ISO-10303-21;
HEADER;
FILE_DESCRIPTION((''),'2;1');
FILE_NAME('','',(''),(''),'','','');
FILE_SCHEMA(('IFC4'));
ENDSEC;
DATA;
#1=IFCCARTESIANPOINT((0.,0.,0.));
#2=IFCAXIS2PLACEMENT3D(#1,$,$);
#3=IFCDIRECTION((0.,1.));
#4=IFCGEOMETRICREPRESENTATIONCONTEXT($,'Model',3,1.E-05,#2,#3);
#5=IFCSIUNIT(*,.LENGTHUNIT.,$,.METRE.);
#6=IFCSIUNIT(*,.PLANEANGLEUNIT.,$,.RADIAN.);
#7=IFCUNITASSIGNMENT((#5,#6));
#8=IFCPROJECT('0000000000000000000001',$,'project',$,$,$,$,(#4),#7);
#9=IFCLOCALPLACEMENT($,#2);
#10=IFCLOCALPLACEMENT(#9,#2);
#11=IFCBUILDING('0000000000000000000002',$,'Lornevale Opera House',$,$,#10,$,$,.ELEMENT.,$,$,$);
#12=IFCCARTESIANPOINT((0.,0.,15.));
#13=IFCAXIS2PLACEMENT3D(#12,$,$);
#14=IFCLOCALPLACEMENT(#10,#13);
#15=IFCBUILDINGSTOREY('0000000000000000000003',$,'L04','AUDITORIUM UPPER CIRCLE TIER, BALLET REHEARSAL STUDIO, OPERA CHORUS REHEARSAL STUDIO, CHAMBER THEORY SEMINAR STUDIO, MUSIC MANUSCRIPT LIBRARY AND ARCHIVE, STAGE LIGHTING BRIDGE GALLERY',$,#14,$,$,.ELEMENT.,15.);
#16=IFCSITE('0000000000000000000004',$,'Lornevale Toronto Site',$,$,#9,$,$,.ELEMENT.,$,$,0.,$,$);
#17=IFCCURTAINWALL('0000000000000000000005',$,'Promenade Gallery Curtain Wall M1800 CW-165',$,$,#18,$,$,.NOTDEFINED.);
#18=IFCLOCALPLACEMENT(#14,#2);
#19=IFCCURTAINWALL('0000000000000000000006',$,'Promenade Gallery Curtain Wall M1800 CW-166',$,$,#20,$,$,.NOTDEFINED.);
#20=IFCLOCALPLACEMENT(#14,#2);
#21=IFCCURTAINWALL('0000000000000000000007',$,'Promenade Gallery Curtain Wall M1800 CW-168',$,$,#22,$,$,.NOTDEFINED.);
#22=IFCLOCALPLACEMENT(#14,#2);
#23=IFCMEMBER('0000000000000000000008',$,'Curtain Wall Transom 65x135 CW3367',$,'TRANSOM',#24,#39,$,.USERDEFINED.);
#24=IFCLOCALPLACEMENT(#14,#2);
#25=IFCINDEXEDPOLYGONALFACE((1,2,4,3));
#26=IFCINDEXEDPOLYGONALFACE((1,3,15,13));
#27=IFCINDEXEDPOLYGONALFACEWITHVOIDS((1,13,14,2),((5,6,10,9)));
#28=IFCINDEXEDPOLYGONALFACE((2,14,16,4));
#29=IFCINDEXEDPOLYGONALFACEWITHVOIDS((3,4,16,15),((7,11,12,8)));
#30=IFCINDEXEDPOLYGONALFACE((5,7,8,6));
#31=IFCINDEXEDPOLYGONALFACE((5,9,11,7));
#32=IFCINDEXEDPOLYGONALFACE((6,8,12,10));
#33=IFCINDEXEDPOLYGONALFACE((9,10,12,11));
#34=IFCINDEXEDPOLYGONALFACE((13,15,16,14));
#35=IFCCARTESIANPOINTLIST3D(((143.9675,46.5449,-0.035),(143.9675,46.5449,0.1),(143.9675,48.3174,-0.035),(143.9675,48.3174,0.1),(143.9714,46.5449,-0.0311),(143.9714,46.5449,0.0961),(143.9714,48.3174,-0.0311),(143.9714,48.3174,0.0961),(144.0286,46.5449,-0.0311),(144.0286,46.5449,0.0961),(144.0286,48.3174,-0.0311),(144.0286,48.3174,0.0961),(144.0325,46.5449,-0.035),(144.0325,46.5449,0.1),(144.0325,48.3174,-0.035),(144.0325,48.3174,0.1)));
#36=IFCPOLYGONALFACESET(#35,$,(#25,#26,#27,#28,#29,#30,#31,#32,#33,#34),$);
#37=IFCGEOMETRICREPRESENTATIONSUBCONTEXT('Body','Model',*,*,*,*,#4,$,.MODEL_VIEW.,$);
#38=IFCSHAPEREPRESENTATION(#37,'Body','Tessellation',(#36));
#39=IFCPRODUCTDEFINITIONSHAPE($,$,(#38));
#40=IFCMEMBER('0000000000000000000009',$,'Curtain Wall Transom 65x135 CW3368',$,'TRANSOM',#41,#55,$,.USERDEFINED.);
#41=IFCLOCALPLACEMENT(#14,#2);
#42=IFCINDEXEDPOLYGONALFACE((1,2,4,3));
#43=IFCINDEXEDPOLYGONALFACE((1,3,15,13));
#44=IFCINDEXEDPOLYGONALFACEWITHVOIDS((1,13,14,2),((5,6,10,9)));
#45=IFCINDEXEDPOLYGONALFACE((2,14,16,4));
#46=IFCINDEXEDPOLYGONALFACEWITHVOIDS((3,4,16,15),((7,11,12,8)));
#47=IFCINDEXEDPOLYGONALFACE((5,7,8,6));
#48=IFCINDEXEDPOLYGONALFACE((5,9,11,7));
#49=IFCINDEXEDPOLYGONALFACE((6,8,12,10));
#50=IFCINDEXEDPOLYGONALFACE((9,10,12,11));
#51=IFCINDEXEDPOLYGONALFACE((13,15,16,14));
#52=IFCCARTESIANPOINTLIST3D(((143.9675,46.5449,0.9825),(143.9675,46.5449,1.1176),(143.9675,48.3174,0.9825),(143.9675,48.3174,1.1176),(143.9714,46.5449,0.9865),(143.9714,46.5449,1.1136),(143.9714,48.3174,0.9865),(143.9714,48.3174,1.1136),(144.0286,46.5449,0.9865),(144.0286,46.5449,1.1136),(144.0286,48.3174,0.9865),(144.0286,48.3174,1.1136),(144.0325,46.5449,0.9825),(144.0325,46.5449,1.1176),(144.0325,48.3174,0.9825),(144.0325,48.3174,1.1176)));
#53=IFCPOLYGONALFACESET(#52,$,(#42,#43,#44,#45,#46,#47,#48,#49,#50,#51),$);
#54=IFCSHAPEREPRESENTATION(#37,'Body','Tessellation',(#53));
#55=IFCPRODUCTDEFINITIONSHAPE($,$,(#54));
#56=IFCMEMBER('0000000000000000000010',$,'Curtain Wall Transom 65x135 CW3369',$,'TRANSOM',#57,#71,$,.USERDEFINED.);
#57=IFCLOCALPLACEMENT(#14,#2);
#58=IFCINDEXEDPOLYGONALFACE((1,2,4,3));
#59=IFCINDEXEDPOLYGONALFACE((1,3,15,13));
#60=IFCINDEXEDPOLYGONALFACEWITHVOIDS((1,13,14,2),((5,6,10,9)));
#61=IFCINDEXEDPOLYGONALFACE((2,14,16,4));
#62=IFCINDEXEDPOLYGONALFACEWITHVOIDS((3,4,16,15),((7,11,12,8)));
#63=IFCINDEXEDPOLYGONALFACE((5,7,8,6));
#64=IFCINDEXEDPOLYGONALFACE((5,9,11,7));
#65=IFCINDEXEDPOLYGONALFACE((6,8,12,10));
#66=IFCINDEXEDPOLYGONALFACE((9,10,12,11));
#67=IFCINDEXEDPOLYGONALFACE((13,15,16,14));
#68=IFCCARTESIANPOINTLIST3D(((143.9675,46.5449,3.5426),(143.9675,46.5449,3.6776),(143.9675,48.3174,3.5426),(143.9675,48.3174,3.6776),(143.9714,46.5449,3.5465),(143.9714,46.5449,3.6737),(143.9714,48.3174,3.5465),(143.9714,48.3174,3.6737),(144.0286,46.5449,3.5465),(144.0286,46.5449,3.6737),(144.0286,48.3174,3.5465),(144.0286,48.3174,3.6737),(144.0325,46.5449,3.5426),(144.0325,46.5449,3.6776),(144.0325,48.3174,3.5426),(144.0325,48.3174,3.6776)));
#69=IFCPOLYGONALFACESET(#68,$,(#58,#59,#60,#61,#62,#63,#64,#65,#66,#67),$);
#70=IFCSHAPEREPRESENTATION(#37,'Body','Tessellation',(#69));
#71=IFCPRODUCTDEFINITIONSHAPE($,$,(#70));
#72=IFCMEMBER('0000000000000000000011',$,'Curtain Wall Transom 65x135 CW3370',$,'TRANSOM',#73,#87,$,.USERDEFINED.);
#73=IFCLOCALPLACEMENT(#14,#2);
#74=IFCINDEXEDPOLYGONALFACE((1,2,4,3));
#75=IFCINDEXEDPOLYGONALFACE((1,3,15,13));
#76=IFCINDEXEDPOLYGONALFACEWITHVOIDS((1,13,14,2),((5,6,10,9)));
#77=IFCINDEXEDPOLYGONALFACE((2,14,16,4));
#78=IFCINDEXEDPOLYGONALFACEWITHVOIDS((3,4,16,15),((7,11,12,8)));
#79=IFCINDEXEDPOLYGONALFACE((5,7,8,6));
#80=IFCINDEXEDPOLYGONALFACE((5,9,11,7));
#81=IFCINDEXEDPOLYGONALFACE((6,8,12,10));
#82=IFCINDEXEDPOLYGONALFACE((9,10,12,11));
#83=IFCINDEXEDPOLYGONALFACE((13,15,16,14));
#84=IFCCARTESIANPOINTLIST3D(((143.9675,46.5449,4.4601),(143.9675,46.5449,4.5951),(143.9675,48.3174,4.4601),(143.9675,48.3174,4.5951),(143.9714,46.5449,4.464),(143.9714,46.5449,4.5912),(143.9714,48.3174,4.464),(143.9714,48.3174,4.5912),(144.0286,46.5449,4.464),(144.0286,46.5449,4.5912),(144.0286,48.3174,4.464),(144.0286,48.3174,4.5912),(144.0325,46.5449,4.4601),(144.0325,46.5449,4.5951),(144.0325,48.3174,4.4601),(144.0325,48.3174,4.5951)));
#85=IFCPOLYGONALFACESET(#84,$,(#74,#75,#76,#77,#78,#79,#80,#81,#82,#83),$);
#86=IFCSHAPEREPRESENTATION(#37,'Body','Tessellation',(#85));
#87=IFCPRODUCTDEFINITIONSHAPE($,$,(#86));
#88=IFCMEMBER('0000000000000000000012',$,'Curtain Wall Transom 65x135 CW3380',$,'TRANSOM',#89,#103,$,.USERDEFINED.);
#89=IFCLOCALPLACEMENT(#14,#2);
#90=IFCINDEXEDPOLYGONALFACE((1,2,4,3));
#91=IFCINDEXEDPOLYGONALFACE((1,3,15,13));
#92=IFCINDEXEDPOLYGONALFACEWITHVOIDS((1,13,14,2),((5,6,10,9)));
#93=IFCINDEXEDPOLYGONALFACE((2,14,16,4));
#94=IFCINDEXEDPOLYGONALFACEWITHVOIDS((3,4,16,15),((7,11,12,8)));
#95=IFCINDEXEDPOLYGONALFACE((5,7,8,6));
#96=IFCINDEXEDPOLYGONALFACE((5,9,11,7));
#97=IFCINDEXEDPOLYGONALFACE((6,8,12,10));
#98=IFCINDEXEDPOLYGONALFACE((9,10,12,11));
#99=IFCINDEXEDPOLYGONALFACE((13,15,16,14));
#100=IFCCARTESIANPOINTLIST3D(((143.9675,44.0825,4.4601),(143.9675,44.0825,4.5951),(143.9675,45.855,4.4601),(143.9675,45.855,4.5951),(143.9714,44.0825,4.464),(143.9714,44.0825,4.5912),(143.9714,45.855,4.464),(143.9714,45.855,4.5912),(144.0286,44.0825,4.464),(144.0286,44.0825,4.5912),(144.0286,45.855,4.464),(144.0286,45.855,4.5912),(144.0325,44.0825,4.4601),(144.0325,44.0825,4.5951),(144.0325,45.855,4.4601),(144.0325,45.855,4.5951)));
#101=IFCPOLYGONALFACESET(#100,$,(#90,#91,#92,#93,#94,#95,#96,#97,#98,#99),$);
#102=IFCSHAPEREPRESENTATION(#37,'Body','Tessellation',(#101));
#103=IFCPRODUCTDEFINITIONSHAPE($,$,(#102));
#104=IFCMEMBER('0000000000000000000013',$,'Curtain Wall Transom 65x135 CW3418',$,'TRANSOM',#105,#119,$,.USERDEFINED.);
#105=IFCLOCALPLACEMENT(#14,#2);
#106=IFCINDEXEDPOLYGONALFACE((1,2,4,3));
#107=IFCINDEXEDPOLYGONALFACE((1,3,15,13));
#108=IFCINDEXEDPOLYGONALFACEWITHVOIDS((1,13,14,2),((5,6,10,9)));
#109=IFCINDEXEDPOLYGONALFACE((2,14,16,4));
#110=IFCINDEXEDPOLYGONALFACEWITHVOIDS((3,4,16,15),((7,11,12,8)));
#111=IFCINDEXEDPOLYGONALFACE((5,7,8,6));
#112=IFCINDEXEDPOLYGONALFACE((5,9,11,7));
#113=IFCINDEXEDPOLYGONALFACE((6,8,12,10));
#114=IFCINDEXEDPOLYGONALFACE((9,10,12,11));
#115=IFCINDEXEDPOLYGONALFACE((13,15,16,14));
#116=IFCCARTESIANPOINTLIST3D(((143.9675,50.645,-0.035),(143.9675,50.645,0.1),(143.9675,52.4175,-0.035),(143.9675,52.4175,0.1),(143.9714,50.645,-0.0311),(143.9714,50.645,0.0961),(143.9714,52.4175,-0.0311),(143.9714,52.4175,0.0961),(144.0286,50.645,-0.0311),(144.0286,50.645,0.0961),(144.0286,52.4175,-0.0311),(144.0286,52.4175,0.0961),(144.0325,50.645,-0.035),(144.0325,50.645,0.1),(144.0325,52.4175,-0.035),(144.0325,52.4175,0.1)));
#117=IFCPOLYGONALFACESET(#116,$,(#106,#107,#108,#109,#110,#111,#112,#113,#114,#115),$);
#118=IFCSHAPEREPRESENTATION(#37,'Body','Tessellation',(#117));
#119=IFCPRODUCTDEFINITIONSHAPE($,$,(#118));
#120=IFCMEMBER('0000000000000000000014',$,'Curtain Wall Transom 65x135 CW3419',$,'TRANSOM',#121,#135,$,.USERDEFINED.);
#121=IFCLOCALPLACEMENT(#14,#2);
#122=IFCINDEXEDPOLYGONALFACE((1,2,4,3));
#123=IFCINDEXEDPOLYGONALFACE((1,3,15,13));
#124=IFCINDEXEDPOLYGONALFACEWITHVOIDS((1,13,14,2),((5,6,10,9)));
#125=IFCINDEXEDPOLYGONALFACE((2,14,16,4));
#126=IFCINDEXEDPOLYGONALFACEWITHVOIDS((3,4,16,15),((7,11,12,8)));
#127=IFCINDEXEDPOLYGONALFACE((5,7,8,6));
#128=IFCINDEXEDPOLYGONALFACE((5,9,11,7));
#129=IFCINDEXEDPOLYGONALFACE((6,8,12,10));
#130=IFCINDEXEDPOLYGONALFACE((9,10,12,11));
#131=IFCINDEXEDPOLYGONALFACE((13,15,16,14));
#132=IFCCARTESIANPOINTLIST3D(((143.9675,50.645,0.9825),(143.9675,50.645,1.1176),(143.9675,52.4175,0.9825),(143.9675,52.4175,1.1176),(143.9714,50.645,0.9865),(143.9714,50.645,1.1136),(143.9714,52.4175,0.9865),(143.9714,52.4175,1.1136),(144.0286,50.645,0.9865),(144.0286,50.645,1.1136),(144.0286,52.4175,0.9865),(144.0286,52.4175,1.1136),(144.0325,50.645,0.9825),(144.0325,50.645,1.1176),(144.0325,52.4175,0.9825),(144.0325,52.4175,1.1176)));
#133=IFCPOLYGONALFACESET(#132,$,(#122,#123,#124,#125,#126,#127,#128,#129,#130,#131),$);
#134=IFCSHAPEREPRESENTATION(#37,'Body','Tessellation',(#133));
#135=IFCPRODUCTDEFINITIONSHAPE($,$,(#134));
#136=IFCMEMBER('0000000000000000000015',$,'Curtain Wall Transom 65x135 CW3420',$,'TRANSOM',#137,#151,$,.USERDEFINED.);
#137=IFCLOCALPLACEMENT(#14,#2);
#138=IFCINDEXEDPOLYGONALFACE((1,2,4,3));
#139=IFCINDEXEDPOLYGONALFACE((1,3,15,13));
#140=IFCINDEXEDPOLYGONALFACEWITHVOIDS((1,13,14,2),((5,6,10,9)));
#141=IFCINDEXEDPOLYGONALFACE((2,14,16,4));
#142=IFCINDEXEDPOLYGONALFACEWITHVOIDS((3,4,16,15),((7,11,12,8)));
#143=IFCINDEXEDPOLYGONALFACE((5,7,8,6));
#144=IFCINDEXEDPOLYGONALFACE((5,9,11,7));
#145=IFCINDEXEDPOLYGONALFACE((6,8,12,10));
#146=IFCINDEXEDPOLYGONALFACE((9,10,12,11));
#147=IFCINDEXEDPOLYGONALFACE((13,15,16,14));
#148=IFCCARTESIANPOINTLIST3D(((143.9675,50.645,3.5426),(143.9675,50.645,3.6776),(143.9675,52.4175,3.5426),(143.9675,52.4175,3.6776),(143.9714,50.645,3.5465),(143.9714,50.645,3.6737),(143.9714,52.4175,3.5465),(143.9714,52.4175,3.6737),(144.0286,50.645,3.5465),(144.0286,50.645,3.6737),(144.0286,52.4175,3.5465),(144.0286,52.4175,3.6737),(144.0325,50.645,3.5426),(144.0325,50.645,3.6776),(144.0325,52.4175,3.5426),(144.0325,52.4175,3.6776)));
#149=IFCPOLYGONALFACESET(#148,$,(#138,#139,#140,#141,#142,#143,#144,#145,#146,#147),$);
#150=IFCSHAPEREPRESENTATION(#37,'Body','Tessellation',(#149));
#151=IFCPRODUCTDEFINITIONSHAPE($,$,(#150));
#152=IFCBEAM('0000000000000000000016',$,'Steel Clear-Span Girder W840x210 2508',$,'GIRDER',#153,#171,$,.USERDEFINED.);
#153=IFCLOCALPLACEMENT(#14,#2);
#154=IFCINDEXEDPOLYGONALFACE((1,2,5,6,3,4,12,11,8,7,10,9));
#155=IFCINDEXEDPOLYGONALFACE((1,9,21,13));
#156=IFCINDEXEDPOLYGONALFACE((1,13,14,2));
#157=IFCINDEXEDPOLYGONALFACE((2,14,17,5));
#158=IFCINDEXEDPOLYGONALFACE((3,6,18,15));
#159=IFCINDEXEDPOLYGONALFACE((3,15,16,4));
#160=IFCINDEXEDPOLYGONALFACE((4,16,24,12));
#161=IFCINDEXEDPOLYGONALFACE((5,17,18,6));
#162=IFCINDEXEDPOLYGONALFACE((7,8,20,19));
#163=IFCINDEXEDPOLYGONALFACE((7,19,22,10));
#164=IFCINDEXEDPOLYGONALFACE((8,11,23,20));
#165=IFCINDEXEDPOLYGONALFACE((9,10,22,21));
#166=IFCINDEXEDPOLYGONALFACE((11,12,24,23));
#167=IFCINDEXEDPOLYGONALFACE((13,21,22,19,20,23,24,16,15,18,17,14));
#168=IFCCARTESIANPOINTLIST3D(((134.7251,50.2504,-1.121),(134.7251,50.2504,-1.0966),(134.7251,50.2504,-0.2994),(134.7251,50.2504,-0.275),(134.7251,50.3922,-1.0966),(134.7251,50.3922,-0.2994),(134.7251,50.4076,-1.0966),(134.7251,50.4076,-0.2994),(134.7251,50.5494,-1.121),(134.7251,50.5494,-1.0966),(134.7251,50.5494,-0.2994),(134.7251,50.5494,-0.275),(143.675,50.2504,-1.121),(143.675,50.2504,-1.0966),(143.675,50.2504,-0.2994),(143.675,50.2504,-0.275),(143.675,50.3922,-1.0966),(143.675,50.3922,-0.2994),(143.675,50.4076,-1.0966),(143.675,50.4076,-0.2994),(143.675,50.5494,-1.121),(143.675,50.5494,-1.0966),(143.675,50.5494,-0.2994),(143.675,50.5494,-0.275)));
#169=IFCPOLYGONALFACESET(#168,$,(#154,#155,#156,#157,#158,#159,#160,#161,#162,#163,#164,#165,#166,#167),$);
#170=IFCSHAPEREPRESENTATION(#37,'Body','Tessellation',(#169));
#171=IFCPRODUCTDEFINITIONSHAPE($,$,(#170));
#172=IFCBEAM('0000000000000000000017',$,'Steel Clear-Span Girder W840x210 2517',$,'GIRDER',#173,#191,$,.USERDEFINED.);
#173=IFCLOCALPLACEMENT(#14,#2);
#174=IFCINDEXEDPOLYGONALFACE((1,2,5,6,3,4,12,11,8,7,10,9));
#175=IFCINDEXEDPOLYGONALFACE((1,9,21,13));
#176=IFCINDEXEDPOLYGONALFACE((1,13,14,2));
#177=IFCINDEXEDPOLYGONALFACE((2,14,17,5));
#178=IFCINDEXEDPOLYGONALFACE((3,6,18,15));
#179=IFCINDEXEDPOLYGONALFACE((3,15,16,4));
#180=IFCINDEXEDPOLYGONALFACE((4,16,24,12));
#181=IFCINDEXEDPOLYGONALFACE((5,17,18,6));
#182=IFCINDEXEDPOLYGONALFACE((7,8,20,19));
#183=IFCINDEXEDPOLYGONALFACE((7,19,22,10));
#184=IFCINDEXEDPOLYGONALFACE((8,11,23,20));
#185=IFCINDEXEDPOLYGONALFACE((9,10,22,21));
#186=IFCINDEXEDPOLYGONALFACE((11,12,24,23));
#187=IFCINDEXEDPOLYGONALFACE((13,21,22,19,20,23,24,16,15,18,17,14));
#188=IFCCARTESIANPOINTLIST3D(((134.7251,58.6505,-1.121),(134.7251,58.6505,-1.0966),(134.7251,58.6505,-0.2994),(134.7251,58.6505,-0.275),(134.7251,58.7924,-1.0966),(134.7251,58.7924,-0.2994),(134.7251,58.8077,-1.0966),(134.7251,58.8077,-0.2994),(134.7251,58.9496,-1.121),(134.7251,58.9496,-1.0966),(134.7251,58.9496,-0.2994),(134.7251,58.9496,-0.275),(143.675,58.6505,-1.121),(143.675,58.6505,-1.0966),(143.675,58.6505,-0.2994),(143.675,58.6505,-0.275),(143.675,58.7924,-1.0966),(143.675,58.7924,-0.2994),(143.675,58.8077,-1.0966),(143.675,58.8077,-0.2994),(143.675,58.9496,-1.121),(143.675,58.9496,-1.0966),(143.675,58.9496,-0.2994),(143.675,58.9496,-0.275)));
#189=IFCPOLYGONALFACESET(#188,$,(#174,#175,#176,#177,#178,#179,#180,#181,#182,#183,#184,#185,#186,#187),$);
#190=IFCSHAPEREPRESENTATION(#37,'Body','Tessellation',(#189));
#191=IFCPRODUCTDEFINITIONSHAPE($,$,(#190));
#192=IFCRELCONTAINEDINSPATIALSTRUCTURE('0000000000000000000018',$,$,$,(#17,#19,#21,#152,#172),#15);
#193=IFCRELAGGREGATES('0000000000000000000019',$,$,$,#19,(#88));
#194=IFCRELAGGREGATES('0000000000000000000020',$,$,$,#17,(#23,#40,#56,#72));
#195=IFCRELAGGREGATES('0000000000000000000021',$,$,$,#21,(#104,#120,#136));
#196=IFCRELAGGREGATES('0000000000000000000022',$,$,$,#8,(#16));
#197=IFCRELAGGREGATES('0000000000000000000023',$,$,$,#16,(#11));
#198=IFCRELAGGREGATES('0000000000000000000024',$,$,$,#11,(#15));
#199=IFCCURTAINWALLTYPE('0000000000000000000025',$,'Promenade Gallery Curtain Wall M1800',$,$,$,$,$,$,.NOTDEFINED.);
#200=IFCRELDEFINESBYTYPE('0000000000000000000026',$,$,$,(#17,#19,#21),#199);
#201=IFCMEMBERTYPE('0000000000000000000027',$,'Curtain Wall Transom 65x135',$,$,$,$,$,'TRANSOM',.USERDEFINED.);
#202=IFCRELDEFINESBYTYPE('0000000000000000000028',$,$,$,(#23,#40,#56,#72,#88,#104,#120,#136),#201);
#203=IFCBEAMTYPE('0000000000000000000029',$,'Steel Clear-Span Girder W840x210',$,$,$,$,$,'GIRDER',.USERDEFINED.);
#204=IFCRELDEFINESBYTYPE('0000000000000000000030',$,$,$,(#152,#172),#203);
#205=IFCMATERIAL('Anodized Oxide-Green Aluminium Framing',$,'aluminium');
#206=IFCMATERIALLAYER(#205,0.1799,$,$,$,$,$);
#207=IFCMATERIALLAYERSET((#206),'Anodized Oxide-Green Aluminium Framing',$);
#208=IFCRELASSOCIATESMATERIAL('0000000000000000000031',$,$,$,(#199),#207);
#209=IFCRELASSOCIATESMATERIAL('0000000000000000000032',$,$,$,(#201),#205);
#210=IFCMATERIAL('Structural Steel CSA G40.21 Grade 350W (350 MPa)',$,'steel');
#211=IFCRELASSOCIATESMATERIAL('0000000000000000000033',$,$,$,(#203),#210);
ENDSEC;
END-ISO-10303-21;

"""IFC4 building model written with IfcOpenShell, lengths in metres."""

from ifc_helpers import new_model, si_unit, direction, frame, origin, origin_2d, place, context, subcontext, project, spatial, hollow_rectangle, i_section, extrude, material, layer, layer_set, material_profile, profile_set, type_object, element, aggregate, save


model = new_model("IFC4")

# Units and contexts
model_context = context("Model", 3, precision=1e-05, world=origin(), true_north=direction((0.0, 1.0)))
body_context = subcontext(model_context, "Body", "Model", "MODEL_VIEW")
ifc_project = project(units=[si_unit("LENGTHUNIT", "METRE"), si_unit("PLANEANGLEUNIT", "RADIAN")], contexts=[model_context])

# Site, building, storey
site_placement = place(None, origin())
site = spatial("IfcSite", under=ifc_project, at=site_placement, Name="Lornevale Toronto Site", CompositionType="ELEMENT", RefElevation=0.0)
building_placement = place(site_placement, origin())
building = spatial("IfcBuilding", under=site, at=building_placement, Name="Lornevale Opera House", CompositionType="ELEMENT")
storey_placement = place(building_placement, frame((0.0, 0.0, 15.0)))
storey = spatial("IfcBuildingStorey", under=building, at=storey_placement, Name="L04", Description="AUDITORIUM UPPER CIRCLE TIER, BALLET REHEARSAL STUDIO, OPERA CHORUS REHEARSAL STUDIO, CHAMBER THEORY SEMINAR STUDIO, MUSIC MANUSCRIPT LIBRARY AND ARCHIVE, STAGE LIGHTING BRIDGE GALLERY", CompositionType="ELEMENT", Elevation=15.0)

# Shared definitions
ifc_material_1 = material(Name="Structural Steel CSA G40.21 Grade 350W (350 MPa)", Category="steel")

# Curtain wall
ifc_material_2 = material(Name="Anodized Oxide-Green Aluminium Framing", Category="aluminium")
ifc_layer_1 = layer(ifc_material_2, 0.1799)
ifc_layer_set_1 = layer_set([ifc_layer_1], Name="Anodized Oxide-Green Aluminium Framing")
curtain_wall_type = type_object("IfcCurtainWallType", Name="Promenade Gallery Curtain Wall M1800", PredefinedType="NOTDEFINED", material=ifc_layer_set_1)
curtain_wall_1_placement = place(storey_placement, origin())
curtain_wall_1 = element("IfcCurtainWall", 1, at=curtain_wall_1_placement, inside=storey, type_object=curtain_wall_type, Name="Promenade Gallery Curtain Wall M1800 CW-165", PredefinedType="NOTDEFINED")

# Curtain walls
curtain_wall_2_placement = place(storey_placement, origin())
curtain_wall_2 = element("IfcCurtainWall", 2, at=curtain_wall_2_placement, inside=storey, type_object=curtain_wall_type, Name="Promenade Gallery Curtain Wall M1800 CW-166", PredefinedType="NOTDEFINED")
curtain_wall_3_placement = place(storey_placement, origin())
curtain_wall_3 = element("IfcCurtainWall", 3, at=curtain_wall_3_placement, inside=storey, type_object=curtain_wall_type, Name="Promenade Gallery Curtain Wall M1800 CW-168", PredefinedType="NOTDEFINED")

# Members
ifc_material_profile_1 = material_profile(ifc_material_2, hollow_rectangle(XDim=0.0649, YDim=0.135, WallThickness=0.0039, at=origin_2d()), Name="ALU65x135x4")
ifc_profile_set_1 = profile_set([ifc_material_profile_1], Name="Anodized Oxide-Green Aluminium Framing")
member_type_1 = type_object("IfcMemberType", Name="Curtain Wall Transom 65x135", ElementType="TRANSOM", PredefinedType="USERDEFINED", material=ifc_profile_set_1)
member_1_placement = place(storey_placement, frame((144.0, 48.3174, 0.0325), z_axis=(0.0, -1.0, 0.0), x_axis=(1.0, 0.0, 0.0)))
member_1 = element("IfcMember", 4, at=member_1_placement, type_object=member_type_1, Name="Curtain Wall Transom 65x135 CW3367", ObjectType="TRANSOM", PredefinedType="USERDEFINED", context=body_context, shape_type="SweptSolid", body=[
    extrude(hollow_rectangle(XDim=0.0649, YDim=0.135, WallThickness=0.0039, at=origin_2d()), origin(), (0.0, 0.0, 1.0), 1.7725),
])
member_2_placement = place(storey_placement, frame((144.0, 48.3174, 1.05), z_axis=(0.0, -1.0, 0.0), x_axis=(1.0, 0.0, 0.0)))
member_2 = element("IfcMember", 5, at=member_2_placement, type_object=member_type_1, Name="Curtain Wall Transom 65x135 CW3368", ObjectType="TRANSOM", PredefinedType="USERDEFINED", context=body_context, shape_type="SweptSolid", body=[
    extrude(hollow_rectangle(XDim=0.0649, YDim=0.135, WallThickness=0.0039, at=origin_2d()), origin(), (0.0, 0.0, 1.0), 1.7725),
])
member_3_placement = place(storey_placement, frame((144.0, 48.3174, 3.6101), z_axis=(0.0, -1.0, 0.0), x_axis=(1.0, 0.0, 0.0)))
member_3 = element("IfcMember", 6, at=member_3_placement, type_object=member_type_1, Name="Curtain Wall Transom 65x135 CW3369", ObjectType="TRANSOM", PredefinedType="USERDEFINED", context=body_context, shape_type="SweptSolid", body=[
    extrude(hollow_rectangle(XDim=0.0649, YDim=0.135, WallThickness=0.0039, at=origin_2d()), origin(), (0.0, 0.0, 1.0), 1.7725),
])
member_4_placement = place(storey_placement, frame((144.0, 48.3174, 4.5276), z_axis=(0.0, -1.0, 0.0), x_axis=(1.0, 0.0, 0.0)))
member_4 = element("IfcMember", 7, at=member_4_placement, type_object=member_type_1, Name="Curtain Wall Transom 65x135 CW3370", ObjectType="TRANSOM", PredefinedType="USERDEFINED", context=body_context, shape_type="SweptSolid", body=[
    extrude(hollow_rectangle(XDim=0.0649, YDim=0.135, WallThickness=0.0039, at=origin_2d()), origin(), (0.0, 0.0, 1.0), 1.7725),
])
member_5_placement = place(storey_placement, frame((144.0, 45.855, 4.5276), z_axis=(0.0, -1.0, 0.0), x_axis=(1.0, 0.0, 0.0)))
member_5 = element("IfcMember", 8, at=member_5_placement, type_object=member_type_1, Name="Curtain Wall Transom 65x135 CW3380", ObjectType="TRANSOM", PredefinedType="USERDEFINED", context=body_context, shape_type="SweptSolid", body=[
    extrude(hollow_rectangle(XDim=0.0649, YDim=0.135, WallThickness=0.0039, at=origin_2d()), origin(), (0.0, 0.0, 1.0), 1.7725),
])
aggregate(curtain_wall_2, [member_5])
member_6_placement = place(storey_placement, frame((144.0, 52.4175, 0.0325), z_axis=(0.0, -1.0, 0.0), x_axis=(1.0, 0.0, 0.0)))
member_6 = element("IfcMember", 9, at=member_6_placement, type_object=member_type_1, Name="Curtain Wall Transom 65x135 CW3418", ObjectType="TRANSOM", PredefinedType="USERDEFINED", context=body_context, shape_type="SweptSolid", body=[
    extrude(hollow_rectangle(XDim=0.0649, YDim=0.135, WallThickness=0.0039, at=origin_2d()), origin(), (0.0, 0.0, 1.0), 1.7725),
])
member_7_placement = place(storey_placement, frame((144.0, 52.4175, 1.05), z_axis=(0.0, -1.0, 0.0), x_axis=(1.0, 0.0, 0.0)))
member_7 = element("IfcMember", 10, at=member_7_placement, type_object=member_type_1, Name="Curtain Wall Transom 65x135 CW3419", ObjectType="TRANSOM", PredefinedType="USERDEFINED", context=body_context, shape_type="SweptSolid", body=[
    extrude(hollow_rectangle(XDim=0.0649, YDim=0.135, WallThickness=0.0039, at=origin_2d()), origin(), (0.0, 0.0, 1.0), 1.7725),
])
member_8_placement = place(storey_placement, frame((144.0, 52.4175, 3.6101), z_axis=(0.0, -1.0, 0.0), x_axis=(1.0, 0.0, 0.0)))
member_8 = element("IfcMember", 11, at=member_8_placement, type_object=member_type_1, Name="Curtain Wall Transom 65x135 CW3420", ObjectType="TRANSOM", PredefinedType="USERDEFINED", context=body_context, shape_type="SweptSolid", body=[
    extrude(hollow_rectangle(XDim=0.0649, YDim=0.135, WallThickness=0.0039, at=origin_2d()), origin(), (0.0, 0.0, 1.0), 1.7725),
])

# Beams
ifc_material_profile_2 = material_profile(ifc_material_1, i_section(OverallWidth=0.2991, OverallDepth=0.8459, WebThickness=0.0154, FlangeThickness=0.0244, at=origin_2d()), Name="W840x210")
ifc_profile_set_2 = profile_set([ifc_material_profile_2], Name="Structural Steel CSA G40.21 Grade 350W (350 MPa)")
beam_type_1 = type_object("IfcBeamType", Name="Steel Clear-Span Girder W840x210", ElementType="GIRDER", PredefinedType="USERDEFINED", material=ifc_profile_set_2)
for number, where, z_axis, x_axis, name in (
    (12, (134.7251, 50.3999, -0.698), (1.0, 0.0, 0.0), (0.0, 1.0, 0.0), "Steel Clear-Span Girder W840x210 2508"),
    (13, (134.7251, 58.8, -0.698), (1.0, 0.0, 0.0), (0.0, 1.0, 0.0), "Steel Clear-Span Girder W840x210 2517"),
):
    element("IfcBeam", number, at=place(storey_placement, frame(where, z_axis=z_axis, x_axis=x_axis)), inside=storey, type_object=beam_type_1, Name=name, ObjectType="GIRDER", PredefinedType="USERDEFINED", context=body_context, shape_type="SweptSolid", body=[
        extrude(i_section(OverallWidth=0.2991, OverallDepth=0.8459, WebThickness=0.0154, FlangeThickness=0.0244, at=origin_2d()), origin(), (0.0, 0.0, 1.0), 8.95),
    ])

aggregate(curtain_wall_1, [member_1, member_2, member_3, member_4])
aggregate(curtain_wall_3, [member_6, member_7, member_8])

save(model, "model.ifc")
